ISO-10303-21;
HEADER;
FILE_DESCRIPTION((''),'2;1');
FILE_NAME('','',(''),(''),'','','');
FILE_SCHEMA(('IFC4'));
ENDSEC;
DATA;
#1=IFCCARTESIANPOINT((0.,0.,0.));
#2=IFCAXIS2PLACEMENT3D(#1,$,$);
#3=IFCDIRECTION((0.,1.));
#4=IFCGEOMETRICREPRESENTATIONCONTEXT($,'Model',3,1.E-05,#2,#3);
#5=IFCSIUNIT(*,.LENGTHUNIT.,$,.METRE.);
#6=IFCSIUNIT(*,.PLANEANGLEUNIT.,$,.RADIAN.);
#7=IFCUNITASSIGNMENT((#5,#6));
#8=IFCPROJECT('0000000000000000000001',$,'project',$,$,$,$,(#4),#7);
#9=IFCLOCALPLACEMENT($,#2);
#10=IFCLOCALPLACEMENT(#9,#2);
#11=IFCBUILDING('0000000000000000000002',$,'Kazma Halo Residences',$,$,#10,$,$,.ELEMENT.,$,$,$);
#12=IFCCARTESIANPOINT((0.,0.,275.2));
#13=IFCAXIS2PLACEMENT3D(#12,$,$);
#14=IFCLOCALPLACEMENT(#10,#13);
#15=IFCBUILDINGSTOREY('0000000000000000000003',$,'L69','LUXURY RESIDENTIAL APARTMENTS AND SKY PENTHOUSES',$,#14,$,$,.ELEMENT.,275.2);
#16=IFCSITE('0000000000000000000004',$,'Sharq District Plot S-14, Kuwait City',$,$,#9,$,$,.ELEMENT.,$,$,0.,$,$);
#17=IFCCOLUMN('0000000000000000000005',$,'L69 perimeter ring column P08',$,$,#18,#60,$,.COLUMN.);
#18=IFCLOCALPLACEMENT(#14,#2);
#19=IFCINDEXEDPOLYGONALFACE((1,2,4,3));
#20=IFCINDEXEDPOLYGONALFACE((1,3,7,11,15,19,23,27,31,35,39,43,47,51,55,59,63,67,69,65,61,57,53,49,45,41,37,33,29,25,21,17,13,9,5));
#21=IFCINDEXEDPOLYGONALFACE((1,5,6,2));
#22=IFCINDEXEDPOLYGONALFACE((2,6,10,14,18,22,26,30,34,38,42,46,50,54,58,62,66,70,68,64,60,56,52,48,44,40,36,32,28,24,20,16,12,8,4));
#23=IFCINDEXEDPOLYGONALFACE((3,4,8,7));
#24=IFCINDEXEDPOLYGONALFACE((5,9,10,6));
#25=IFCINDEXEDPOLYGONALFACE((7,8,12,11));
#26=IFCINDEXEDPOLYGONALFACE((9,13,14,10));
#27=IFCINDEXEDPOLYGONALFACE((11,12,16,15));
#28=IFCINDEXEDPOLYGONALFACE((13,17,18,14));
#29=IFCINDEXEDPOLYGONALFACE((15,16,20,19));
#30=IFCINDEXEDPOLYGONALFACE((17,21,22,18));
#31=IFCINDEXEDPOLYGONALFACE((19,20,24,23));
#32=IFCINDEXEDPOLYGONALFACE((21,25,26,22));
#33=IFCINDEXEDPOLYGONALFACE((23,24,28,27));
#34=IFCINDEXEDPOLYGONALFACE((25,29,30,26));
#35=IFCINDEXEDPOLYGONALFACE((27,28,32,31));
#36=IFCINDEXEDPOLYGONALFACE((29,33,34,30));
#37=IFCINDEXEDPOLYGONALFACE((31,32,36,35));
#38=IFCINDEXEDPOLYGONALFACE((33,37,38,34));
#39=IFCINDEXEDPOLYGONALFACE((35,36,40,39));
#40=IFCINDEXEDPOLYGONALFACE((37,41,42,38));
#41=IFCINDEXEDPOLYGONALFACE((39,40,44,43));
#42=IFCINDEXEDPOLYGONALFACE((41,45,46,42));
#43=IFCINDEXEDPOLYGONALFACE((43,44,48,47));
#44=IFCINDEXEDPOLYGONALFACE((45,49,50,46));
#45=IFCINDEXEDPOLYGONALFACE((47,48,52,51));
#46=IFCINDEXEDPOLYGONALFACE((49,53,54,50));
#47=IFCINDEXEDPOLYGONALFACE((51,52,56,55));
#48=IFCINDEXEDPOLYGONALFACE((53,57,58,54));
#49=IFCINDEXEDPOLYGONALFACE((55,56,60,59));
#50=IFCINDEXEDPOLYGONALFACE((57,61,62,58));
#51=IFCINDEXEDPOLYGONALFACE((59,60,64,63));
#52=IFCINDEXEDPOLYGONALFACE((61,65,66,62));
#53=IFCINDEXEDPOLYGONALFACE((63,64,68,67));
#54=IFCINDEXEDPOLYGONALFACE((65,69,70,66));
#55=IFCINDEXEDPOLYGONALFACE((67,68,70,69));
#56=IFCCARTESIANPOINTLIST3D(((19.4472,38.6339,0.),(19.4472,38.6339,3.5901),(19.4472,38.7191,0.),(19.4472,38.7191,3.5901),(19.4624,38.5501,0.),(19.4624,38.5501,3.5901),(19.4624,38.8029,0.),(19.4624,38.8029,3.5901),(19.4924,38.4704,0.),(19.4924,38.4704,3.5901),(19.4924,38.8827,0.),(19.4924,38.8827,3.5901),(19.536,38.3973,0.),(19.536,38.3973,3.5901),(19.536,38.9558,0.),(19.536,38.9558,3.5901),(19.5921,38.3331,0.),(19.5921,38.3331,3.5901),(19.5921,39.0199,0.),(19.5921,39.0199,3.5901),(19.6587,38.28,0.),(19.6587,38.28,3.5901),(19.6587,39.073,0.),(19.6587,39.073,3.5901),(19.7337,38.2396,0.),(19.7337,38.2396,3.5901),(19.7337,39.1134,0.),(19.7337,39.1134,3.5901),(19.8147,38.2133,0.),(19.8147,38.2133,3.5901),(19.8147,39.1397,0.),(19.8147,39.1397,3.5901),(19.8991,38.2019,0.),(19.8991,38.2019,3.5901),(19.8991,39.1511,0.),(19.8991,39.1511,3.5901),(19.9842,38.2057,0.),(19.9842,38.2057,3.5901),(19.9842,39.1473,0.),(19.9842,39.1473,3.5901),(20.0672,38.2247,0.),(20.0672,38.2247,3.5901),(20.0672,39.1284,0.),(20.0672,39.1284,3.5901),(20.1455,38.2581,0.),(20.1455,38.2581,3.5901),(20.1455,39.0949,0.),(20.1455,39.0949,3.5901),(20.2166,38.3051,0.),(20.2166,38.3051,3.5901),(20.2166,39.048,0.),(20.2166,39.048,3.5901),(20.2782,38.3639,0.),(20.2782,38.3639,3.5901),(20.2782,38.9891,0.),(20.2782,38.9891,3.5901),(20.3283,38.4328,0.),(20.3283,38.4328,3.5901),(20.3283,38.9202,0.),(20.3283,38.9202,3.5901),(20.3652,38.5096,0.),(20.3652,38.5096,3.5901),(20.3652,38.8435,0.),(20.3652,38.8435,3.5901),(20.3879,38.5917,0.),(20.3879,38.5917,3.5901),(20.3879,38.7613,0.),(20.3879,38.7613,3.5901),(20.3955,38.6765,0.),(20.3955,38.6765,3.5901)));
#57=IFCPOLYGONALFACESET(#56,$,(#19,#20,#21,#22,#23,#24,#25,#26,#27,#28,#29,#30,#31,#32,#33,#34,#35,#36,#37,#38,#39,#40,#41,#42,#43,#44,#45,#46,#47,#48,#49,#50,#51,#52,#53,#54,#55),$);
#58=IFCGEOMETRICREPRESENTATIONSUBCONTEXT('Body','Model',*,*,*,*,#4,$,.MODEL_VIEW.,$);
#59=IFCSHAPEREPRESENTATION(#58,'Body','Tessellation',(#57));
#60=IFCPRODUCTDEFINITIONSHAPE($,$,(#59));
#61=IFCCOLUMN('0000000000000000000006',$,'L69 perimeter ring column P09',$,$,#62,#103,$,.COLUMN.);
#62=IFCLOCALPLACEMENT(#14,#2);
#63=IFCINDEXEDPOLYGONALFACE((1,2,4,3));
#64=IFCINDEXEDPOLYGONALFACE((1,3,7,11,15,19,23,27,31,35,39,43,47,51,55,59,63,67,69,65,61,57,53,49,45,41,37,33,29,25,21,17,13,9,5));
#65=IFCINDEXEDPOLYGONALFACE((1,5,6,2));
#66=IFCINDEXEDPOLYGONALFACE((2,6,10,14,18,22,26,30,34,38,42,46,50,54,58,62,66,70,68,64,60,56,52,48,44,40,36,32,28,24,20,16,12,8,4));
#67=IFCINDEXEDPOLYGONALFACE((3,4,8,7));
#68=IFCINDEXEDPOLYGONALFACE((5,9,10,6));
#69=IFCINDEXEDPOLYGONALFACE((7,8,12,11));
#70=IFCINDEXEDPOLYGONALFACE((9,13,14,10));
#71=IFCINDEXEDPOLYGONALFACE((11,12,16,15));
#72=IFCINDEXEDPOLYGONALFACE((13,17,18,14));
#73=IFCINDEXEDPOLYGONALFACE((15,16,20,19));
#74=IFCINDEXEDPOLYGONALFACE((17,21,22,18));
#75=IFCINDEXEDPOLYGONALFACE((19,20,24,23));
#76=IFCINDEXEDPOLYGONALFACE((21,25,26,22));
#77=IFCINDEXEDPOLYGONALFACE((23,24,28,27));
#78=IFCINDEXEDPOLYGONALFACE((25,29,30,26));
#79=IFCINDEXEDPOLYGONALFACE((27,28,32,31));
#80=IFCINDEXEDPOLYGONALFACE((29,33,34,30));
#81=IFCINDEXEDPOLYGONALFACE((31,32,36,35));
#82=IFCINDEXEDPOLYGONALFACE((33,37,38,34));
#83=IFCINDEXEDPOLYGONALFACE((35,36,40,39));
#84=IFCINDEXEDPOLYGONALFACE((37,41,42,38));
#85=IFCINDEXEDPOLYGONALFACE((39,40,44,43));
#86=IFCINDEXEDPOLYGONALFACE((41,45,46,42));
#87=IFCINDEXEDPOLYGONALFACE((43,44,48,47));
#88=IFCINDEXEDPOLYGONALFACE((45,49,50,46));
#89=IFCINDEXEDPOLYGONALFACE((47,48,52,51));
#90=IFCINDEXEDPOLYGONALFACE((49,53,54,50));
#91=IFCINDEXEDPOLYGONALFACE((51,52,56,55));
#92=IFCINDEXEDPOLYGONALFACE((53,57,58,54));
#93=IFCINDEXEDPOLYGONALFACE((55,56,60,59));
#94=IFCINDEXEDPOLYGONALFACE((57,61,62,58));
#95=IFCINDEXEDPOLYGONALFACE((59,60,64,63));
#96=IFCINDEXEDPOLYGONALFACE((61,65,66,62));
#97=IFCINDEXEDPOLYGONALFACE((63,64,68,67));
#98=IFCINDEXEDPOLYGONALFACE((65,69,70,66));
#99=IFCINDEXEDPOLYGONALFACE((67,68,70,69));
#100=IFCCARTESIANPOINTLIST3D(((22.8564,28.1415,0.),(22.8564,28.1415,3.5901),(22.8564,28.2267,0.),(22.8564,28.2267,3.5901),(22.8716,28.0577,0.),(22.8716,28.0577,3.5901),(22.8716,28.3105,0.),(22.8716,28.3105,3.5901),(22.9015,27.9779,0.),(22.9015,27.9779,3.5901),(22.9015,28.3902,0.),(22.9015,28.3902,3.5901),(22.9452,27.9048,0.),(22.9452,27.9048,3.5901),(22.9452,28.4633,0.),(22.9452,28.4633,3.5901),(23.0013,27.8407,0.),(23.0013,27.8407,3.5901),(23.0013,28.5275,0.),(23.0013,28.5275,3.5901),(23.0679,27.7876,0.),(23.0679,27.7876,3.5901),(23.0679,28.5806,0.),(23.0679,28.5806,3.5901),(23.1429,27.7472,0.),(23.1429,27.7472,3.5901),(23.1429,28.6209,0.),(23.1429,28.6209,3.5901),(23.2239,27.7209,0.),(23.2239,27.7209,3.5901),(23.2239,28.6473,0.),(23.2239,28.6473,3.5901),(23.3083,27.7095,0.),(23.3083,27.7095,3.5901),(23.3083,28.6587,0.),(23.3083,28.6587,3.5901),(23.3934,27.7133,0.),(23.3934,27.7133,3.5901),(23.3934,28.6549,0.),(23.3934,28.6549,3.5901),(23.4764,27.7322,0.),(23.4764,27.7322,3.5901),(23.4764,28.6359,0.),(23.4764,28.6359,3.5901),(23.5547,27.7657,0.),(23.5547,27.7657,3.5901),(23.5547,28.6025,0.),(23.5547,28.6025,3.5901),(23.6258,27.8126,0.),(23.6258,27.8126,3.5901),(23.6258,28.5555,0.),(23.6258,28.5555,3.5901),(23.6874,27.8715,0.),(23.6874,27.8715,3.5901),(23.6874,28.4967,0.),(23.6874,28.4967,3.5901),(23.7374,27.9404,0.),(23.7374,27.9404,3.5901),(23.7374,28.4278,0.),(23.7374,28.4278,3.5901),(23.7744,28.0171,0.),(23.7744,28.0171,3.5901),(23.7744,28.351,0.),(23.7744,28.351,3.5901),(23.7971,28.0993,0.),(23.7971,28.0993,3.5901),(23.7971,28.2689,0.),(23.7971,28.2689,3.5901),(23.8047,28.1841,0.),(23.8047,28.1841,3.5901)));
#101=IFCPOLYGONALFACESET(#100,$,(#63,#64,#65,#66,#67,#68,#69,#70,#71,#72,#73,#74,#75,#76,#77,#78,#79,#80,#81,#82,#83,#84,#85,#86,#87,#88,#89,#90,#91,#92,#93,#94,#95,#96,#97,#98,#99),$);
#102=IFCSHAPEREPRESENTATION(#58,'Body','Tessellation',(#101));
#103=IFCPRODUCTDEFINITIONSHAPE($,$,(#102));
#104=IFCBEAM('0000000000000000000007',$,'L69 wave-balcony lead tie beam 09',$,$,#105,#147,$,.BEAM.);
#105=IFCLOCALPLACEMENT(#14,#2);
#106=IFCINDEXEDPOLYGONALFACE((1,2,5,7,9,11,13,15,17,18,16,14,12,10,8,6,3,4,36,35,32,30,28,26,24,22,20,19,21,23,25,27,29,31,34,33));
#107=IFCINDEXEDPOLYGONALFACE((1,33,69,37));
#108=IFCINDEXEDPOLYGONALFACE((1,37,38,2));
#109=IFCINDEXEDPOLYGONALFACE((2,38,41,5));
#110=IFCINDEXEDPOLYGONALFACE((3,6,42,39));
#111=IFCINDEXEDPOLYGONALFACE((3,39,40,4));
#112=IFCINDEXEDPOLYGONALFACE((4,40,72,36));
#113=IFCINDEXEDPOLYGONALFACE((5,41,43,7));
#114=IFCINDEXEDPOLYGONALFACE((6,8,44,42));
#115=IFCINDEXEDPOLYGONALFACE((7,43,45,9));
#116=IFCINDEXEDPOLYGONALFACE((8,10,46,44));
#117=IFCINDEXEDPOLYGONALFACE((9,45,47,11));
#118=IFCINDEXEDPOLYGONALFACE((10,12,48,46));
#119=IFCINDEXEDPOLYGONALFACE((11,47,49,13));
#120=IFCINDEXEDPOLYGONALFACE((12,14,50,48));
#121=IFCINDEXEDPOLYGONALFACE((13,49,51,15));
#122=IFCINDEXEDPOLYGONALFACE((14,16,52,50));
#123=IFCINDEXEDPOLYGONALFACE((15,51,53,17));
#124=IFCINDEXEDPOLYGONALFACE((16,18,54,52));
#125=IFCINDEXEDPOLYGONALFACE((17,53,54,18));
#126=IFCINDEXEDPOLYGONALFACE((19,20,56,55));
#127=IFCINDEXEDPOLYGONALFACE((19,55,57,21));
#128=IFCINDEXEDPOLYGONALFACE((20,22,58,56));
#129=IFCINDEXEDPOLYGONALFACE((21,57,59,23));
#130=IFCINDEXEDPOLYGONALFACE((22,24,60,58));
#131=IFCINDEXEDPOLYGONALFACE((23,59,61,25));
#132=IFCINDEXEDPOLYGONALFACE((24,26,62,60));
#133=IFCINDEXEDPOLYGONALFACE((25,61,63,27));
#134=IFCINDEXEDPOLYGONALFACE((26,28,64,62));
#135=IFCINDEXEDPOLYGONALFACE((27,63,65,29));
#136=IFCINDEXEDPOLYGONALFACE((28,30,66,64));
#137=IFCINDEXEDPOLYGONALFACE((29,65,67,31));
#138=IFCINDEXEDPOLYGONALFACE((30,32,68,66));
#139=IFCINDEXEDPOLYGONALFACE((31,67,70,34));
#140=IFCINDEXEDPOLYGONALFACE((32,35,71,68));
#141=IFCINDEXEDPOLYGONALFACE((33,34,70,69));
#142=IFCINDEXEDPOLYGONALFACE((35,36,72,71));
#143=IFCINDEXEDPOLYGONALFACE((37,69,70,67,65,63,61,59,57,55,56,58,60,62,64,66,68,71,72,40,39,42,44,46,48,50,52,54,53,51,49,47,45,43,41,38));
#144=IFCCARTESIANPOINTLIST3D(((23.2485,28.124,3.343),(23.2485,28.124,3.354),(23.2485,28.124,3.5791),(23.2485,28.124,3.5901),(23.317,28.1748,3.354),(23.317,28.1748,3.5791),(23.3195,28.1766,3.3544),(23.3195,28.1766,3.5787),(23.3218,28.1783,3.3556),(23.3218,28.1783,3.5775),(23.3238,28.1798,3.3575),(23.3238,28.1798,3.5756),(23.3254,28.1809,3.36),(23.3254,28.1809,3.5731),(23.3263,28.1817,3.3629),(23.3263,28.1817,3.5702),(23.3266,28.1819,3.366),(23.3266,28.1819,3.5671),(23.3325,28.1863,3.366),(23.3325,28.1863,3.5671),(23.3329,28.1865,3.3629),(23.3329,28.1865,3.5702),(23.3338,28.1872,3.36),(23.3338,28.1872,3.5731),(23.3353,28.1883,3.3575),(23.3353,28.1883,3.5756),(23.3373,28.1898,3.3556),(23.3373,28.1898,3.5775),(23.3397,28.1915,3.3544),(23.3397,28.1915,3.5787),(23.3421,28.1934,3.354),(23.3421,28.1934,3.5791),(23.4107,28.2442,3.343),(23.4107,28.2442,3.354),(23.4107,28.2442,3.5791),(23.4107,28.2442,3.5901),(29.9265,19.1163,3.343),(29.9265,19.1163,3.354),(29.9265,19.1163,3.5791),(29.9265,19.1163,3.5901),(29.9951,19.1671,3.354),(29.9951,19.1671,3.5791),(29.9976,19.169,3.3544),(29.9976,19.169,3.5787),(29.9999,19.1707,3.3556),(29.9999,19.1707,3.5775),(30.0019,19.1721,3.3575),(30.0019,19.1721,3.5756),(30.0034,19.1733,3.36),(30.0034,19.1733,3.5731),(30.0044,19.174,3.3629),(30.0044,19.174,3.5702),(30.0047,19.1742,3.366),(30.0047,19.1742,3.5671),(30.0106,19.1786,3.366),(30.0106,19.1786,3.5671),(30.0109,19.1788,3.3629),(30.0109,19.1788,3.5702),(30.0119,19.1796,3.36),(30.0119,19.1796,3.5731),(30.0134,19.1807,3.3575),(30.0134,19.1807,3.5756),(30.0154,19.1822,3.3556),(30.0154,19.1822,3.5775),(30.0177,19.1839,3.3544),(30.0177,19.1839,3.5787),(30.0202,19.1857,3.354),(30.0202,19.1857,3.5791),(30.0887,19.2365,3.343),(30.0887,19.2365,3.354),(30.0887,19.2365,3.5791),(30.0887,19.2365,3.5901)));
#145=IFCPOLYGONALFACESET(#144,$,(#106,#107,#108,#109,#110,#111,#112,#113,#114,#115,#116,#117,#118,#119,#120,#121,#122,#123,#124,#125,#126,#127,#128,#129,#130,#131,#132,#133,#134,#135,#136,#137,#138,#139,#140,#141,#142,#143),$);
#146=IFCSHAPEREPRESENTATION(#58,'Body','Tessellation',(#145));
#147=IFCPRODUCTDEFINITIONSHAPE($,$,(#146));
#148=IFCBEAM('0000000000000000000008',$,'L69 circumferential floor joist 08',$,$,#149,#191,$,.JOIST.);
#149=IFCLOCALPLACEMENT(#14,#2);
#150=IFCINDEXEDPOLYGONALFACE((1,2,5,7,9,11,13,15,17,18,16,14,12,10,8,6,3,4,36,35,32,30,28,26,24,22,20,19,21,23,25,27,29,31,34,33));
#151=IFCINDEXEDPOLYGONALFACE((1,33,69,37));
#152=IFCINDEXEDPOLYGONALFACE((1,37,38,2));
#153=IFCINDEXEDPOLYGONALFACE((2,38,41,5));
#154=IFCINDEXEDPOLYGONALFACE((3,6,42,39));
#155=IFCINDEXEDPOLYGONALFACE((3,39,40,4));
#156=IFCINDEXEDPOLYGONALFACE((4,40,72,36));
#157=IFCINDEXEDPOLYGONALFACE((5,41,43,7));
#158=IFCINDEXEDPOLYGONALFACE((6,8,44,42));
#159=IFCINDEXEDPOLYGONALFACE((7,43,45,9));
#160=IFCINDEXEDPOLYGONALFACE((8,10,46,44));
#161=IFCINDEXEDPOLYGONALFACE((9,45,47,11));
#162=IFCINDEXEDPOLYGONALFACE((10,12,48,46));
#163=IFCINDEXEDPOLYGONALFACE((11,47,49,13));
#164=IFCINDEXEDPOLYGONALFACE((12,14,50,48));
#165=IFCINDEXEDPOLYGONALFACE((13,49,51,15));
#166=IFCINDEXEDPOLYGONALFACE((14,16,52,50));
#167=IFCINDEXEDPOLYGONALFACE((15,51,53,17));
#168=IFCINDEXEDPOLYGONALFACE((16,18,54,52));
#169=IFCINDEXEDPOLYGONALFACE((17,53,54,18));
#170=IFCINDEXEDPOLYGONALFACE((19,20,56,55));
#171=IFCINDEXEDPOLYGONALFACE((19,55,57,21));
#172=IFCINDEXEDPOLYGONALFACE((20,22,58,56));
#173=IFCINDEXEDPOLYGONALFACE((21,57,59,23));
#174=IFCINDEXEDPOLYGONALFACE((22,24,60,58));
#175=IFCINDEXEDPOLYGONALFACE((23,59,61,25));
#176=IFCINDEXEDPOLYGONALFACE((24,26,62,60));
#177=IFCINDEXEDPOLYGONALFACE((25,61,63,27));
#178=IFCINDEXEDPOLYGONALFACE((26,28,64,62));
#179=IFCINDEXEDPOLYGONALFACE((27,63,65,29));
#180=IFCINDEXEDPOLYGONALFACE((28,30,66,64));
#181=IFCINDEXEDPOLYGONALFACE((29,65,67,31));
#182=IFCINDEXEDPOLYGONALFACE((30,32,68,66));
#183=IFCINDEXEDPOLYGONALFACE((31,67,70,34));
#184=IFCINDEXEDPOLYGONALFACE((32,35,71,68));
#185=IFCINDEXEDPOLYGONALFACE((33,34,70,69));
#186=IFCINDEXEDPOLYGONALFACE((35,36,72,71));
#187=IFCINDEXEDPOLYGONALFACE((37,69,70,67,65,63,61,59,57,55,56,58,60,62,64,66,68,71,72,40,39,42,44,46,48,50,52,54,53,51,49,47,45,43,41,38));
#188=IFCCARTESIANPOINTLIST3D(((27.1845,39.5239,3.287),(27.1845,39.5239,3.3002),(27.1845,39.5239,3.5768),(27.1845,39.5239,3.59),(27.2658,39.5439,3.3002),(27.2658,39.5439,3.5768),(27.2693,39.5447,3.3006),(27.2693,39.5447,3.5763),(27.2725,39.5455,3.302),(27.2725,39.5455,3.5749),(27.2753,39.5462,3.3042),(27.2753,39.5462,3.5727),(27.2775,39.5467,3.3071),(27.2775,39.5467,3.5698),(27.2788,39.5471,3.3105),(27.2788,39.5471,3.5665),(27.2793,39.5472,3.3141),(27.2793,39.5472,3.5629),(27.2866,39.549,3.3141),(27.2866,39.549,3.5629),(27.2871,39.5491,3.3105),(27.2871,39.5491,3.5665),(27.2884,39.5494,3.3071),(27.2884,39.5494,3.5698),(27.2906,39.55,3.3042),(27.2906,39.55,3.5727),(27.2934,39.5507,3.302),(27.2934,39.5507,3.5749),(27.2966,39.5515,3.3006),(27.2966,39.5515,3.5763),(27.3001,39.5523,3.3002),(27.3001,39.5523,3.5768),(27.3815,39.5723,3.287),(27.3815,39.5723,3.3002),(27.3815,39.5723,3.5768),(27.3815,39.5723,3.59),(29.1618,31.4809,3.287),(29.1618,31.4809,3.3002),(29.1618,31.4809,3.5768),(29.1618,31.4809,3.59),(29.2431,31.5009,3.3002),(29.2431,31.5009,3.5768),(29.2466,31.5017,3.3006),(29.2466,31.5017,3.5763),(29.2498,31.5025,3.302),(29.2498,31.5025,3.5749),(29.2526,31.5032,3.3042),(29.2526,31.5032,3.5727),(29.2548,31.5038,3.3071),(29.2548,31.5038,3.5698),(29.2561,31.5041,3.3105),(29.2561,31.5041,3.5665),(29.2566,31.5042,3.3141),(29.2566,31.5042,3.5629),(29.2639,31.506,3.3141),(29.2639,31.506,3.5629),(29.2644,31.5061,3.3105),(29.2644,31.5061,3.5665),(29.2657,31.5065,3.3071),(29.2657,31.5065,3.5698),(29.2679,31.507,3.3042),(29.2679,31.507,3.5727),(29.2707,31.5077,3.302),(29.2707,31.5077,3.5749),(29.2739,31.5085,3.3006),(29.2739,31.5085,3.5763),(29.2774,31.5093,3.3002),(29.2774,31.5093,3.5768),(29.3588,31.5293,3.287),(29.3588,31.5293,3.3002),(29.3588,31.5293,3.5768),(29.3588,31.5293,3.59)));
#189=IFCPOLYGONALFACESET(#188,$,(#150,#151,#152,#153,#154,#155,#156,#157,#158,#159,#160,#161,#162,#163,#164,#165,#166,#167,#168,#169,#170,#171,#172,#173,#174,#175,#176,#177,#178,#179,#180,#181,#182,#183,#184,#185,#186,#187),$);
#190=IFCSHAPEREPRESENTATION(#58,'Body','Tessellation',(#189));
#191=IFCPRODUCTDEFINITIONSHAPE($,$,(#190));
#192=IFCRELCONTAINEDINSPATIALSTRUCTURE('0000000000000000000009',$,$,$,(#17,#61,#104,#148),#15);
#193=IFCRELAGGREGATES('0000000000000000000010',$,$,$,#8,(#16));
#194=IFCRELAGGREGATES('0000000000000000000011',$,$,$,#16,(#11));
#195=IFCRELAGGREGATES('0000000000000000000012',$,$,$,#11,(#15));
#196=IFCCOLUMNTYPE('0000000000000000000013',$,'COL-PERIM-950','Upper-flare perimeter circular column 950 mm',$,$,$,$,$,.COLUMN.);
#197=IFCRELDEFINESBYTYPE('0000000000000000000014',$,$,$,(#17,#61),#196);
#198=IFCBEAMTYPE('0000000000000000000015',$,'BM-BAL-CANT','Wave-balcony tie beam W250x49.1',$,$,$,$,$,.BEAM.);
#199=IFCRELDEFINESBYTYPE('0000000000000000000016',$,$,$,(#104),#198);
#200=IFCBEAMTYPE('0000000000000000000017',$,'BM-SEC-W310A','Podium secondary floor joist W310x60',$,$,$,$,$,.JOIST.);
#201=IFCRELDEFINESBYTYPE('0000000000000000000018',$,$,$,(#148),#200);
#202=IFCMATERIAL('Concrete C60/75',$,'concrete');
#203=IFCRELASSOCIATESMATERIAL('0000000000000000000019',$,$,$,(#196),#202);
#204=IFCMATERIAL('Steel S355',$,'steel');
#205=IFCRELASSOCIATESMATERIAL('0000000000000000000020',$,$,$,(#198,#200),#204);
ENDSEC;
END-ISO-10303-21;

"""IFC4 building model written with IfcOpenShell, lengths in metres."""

from ifc_helpers import new_model, si_unit, direction, frame, origin, origin_2d, place, context, subcontext, project, spatial, circle, i_section, extrude, material, material_profile, profile_set, type_object, element, save


model = new_model("IFC4")

# Units and contexts
model_context = context("Model", 3, precision=1e-05, world=origin(), true_north=direction((0.0, 1.0)))
body_context = subcontext(model_context, "Body", "Model", "MODEL_VIEW")
ifc_project = project(units=[si_unit("LENGTHUNIT", "METRE"), si_unit("PLANEANGLEUNIT", "RADIAN")], contexts=[model_context])

# Site, building, storey
site_placement = place(None, origin())
site = spatial("IfcSite", under=ifc_project, at=site_placement, Name="Sharq District Plot S-14, Kuwait City", CompositionType="ELEMENT", RefElevation=0.0)
building_placement = place(site_placement, origin())
building = spatial("IfcBuilding", under=site, at=building_placement, Name="Kazma Halo Residences", CompositionType="ELEMENT")
storey_placement = place(building_placement, frame((0.0, 0.0, 275.2)))
storey = spatial("IfcBuildingStorey", under=building, at=storey_placement, Name="L69", Description="LUXURY RESIDENTIAL APARTMENTS AND SKY PENTHOUSES", CompositionType="ELEMENT", Elevation=275.2)

# Columns
ifc_material_1 = material(Name="Concrete C60/75", Category="concrete")
ifc_material_profile_1 = material_profile(ifc_material_1, circle(Radius=0.4751, at=origin_2d()), Name="CIRC950")
ifc_profile_set_1 = profile_set([ifc_material_profile_1], Name="Concrete C60/75")
column_type = type_object("IfcColumnType", Name="COL-PERIM-950", Description="Upper-flare perimeter circular column 950 mm", PredefinedType="COLUMN", material=ifc_profile_set_1)
for number, where, z_axis, x_axis, name in (
    (1, (19.9204, 38.6765, 0.0), (0.0, 0.0, 1.0), (1.0, 0.0, 0.0), "L69 perimeter ring column P08"),
    (2, (23.3296, 28.1841, 0.0), (0.0, 0.0, 1.0), (1.0, 0.0, 0.0), "L69 perimeter ring column P09"),
):
    element("IfcColumn", number, at=place(storey_placement, frame(where, z_axis=z_axis, x_axis=x_axis)), inside=storey, type_object=column_type, Name=name, PredefinedType="COLUMN", context=body_context, shape_type="SweptSolid", body=[
        extrude(circle(Radius=0.4751, at=origin_2d()), origin(), (0.0, 0.0, 1.0), 3.5901),
    ])

# Beams
ifc_material_2 = material(Name="Steel S355", Category="steel")
ifc_material_profile_2 = material_profile(ifc_material_2, i_section(OverallWidth=0.2019, OverallDepth=0.2471, WebThickness=0.0073, FlangeThickness=0.011, FilletRadius=0.012, at=origin_2d()), Name="W250x49.1")
ifc_profile_set_2 = profile_set([ifc_material_profile_2], Name="Steel S355")
beam_type_1 = type_object("IfcBeamType", Name="BM-BAL-CANT", Description="Wave-balcony tie beam W250x49.1", PredefinedType="BEAM", material=ifc_profile_set_2)
beam_1_placement = place(storey_placement, frame((23.3296, 28.1841, 3.4666), z_axis=(0.595556, -0.803314, 0.0), x_axis=(0.803314, 0.595556, 0.0)))
element("IfcBeam", 3, at=beam_1_placement, inside=storey, type_object=beam_type_1, Name="L69 wave-balcony lead tie beam 09", PredefinedType="BEAM", context=body_context, shape_type="SweptSolid", body=[
    extrude(i_section(OverallWidth=0.2019, OverallDepth=0.2471, WebThickness=0.0073, FlangeThickness=0.011, FilletRadius=0.012, at=origin_2d()), origin(), (0.0, 0.0, 1.0), 11.2131),
])
ifc_material_profile_3 = material_profile(ifc_material_2, i_section(OverallWidth=0.2029, OverallDepth=0.303, WebThickness=0.0076, FlangeThickness=0.0132, FilletRadius=0.0139, at=origin_2d()), Name="W310x60")
ifc_profile_set_3 = profile_set([ifc_material_profile_3], Name="Steel S355")
beam_type_2 = type_object("IfcBeamType", Name="BM-SEC-W310A", Description="Podium secondary floor joist W310x60", PredefinedType="JOIST", material=ifc_profile_set_3)
beam_2_placement = place(storey_placement, frame((27.283, 39.5481, 3.4385), z_axis=(0.238733, -0.971085, 0.0), x_axis=(0.971085, 0.238733, 0.0)))
element("IfcBeam", 4, at=beam_2_placement, inside=storey, type_object=beam_type_2, Name="L69 circumferential floor joist 08", PredefinedType="JOIST", context=body_context, shape_type="SweptSolid", body=[
    extrude(i_section(OverallWidth=0.2029, OverallDepth=0.303, WebThickness=0.0076, FlangeThickness=0.0132, FilletRadius=0.0139, at=origin_2d()), origin(), (0.0, 0.0, 1.0), 8.2825),
])

save(model, "model.ifc")
